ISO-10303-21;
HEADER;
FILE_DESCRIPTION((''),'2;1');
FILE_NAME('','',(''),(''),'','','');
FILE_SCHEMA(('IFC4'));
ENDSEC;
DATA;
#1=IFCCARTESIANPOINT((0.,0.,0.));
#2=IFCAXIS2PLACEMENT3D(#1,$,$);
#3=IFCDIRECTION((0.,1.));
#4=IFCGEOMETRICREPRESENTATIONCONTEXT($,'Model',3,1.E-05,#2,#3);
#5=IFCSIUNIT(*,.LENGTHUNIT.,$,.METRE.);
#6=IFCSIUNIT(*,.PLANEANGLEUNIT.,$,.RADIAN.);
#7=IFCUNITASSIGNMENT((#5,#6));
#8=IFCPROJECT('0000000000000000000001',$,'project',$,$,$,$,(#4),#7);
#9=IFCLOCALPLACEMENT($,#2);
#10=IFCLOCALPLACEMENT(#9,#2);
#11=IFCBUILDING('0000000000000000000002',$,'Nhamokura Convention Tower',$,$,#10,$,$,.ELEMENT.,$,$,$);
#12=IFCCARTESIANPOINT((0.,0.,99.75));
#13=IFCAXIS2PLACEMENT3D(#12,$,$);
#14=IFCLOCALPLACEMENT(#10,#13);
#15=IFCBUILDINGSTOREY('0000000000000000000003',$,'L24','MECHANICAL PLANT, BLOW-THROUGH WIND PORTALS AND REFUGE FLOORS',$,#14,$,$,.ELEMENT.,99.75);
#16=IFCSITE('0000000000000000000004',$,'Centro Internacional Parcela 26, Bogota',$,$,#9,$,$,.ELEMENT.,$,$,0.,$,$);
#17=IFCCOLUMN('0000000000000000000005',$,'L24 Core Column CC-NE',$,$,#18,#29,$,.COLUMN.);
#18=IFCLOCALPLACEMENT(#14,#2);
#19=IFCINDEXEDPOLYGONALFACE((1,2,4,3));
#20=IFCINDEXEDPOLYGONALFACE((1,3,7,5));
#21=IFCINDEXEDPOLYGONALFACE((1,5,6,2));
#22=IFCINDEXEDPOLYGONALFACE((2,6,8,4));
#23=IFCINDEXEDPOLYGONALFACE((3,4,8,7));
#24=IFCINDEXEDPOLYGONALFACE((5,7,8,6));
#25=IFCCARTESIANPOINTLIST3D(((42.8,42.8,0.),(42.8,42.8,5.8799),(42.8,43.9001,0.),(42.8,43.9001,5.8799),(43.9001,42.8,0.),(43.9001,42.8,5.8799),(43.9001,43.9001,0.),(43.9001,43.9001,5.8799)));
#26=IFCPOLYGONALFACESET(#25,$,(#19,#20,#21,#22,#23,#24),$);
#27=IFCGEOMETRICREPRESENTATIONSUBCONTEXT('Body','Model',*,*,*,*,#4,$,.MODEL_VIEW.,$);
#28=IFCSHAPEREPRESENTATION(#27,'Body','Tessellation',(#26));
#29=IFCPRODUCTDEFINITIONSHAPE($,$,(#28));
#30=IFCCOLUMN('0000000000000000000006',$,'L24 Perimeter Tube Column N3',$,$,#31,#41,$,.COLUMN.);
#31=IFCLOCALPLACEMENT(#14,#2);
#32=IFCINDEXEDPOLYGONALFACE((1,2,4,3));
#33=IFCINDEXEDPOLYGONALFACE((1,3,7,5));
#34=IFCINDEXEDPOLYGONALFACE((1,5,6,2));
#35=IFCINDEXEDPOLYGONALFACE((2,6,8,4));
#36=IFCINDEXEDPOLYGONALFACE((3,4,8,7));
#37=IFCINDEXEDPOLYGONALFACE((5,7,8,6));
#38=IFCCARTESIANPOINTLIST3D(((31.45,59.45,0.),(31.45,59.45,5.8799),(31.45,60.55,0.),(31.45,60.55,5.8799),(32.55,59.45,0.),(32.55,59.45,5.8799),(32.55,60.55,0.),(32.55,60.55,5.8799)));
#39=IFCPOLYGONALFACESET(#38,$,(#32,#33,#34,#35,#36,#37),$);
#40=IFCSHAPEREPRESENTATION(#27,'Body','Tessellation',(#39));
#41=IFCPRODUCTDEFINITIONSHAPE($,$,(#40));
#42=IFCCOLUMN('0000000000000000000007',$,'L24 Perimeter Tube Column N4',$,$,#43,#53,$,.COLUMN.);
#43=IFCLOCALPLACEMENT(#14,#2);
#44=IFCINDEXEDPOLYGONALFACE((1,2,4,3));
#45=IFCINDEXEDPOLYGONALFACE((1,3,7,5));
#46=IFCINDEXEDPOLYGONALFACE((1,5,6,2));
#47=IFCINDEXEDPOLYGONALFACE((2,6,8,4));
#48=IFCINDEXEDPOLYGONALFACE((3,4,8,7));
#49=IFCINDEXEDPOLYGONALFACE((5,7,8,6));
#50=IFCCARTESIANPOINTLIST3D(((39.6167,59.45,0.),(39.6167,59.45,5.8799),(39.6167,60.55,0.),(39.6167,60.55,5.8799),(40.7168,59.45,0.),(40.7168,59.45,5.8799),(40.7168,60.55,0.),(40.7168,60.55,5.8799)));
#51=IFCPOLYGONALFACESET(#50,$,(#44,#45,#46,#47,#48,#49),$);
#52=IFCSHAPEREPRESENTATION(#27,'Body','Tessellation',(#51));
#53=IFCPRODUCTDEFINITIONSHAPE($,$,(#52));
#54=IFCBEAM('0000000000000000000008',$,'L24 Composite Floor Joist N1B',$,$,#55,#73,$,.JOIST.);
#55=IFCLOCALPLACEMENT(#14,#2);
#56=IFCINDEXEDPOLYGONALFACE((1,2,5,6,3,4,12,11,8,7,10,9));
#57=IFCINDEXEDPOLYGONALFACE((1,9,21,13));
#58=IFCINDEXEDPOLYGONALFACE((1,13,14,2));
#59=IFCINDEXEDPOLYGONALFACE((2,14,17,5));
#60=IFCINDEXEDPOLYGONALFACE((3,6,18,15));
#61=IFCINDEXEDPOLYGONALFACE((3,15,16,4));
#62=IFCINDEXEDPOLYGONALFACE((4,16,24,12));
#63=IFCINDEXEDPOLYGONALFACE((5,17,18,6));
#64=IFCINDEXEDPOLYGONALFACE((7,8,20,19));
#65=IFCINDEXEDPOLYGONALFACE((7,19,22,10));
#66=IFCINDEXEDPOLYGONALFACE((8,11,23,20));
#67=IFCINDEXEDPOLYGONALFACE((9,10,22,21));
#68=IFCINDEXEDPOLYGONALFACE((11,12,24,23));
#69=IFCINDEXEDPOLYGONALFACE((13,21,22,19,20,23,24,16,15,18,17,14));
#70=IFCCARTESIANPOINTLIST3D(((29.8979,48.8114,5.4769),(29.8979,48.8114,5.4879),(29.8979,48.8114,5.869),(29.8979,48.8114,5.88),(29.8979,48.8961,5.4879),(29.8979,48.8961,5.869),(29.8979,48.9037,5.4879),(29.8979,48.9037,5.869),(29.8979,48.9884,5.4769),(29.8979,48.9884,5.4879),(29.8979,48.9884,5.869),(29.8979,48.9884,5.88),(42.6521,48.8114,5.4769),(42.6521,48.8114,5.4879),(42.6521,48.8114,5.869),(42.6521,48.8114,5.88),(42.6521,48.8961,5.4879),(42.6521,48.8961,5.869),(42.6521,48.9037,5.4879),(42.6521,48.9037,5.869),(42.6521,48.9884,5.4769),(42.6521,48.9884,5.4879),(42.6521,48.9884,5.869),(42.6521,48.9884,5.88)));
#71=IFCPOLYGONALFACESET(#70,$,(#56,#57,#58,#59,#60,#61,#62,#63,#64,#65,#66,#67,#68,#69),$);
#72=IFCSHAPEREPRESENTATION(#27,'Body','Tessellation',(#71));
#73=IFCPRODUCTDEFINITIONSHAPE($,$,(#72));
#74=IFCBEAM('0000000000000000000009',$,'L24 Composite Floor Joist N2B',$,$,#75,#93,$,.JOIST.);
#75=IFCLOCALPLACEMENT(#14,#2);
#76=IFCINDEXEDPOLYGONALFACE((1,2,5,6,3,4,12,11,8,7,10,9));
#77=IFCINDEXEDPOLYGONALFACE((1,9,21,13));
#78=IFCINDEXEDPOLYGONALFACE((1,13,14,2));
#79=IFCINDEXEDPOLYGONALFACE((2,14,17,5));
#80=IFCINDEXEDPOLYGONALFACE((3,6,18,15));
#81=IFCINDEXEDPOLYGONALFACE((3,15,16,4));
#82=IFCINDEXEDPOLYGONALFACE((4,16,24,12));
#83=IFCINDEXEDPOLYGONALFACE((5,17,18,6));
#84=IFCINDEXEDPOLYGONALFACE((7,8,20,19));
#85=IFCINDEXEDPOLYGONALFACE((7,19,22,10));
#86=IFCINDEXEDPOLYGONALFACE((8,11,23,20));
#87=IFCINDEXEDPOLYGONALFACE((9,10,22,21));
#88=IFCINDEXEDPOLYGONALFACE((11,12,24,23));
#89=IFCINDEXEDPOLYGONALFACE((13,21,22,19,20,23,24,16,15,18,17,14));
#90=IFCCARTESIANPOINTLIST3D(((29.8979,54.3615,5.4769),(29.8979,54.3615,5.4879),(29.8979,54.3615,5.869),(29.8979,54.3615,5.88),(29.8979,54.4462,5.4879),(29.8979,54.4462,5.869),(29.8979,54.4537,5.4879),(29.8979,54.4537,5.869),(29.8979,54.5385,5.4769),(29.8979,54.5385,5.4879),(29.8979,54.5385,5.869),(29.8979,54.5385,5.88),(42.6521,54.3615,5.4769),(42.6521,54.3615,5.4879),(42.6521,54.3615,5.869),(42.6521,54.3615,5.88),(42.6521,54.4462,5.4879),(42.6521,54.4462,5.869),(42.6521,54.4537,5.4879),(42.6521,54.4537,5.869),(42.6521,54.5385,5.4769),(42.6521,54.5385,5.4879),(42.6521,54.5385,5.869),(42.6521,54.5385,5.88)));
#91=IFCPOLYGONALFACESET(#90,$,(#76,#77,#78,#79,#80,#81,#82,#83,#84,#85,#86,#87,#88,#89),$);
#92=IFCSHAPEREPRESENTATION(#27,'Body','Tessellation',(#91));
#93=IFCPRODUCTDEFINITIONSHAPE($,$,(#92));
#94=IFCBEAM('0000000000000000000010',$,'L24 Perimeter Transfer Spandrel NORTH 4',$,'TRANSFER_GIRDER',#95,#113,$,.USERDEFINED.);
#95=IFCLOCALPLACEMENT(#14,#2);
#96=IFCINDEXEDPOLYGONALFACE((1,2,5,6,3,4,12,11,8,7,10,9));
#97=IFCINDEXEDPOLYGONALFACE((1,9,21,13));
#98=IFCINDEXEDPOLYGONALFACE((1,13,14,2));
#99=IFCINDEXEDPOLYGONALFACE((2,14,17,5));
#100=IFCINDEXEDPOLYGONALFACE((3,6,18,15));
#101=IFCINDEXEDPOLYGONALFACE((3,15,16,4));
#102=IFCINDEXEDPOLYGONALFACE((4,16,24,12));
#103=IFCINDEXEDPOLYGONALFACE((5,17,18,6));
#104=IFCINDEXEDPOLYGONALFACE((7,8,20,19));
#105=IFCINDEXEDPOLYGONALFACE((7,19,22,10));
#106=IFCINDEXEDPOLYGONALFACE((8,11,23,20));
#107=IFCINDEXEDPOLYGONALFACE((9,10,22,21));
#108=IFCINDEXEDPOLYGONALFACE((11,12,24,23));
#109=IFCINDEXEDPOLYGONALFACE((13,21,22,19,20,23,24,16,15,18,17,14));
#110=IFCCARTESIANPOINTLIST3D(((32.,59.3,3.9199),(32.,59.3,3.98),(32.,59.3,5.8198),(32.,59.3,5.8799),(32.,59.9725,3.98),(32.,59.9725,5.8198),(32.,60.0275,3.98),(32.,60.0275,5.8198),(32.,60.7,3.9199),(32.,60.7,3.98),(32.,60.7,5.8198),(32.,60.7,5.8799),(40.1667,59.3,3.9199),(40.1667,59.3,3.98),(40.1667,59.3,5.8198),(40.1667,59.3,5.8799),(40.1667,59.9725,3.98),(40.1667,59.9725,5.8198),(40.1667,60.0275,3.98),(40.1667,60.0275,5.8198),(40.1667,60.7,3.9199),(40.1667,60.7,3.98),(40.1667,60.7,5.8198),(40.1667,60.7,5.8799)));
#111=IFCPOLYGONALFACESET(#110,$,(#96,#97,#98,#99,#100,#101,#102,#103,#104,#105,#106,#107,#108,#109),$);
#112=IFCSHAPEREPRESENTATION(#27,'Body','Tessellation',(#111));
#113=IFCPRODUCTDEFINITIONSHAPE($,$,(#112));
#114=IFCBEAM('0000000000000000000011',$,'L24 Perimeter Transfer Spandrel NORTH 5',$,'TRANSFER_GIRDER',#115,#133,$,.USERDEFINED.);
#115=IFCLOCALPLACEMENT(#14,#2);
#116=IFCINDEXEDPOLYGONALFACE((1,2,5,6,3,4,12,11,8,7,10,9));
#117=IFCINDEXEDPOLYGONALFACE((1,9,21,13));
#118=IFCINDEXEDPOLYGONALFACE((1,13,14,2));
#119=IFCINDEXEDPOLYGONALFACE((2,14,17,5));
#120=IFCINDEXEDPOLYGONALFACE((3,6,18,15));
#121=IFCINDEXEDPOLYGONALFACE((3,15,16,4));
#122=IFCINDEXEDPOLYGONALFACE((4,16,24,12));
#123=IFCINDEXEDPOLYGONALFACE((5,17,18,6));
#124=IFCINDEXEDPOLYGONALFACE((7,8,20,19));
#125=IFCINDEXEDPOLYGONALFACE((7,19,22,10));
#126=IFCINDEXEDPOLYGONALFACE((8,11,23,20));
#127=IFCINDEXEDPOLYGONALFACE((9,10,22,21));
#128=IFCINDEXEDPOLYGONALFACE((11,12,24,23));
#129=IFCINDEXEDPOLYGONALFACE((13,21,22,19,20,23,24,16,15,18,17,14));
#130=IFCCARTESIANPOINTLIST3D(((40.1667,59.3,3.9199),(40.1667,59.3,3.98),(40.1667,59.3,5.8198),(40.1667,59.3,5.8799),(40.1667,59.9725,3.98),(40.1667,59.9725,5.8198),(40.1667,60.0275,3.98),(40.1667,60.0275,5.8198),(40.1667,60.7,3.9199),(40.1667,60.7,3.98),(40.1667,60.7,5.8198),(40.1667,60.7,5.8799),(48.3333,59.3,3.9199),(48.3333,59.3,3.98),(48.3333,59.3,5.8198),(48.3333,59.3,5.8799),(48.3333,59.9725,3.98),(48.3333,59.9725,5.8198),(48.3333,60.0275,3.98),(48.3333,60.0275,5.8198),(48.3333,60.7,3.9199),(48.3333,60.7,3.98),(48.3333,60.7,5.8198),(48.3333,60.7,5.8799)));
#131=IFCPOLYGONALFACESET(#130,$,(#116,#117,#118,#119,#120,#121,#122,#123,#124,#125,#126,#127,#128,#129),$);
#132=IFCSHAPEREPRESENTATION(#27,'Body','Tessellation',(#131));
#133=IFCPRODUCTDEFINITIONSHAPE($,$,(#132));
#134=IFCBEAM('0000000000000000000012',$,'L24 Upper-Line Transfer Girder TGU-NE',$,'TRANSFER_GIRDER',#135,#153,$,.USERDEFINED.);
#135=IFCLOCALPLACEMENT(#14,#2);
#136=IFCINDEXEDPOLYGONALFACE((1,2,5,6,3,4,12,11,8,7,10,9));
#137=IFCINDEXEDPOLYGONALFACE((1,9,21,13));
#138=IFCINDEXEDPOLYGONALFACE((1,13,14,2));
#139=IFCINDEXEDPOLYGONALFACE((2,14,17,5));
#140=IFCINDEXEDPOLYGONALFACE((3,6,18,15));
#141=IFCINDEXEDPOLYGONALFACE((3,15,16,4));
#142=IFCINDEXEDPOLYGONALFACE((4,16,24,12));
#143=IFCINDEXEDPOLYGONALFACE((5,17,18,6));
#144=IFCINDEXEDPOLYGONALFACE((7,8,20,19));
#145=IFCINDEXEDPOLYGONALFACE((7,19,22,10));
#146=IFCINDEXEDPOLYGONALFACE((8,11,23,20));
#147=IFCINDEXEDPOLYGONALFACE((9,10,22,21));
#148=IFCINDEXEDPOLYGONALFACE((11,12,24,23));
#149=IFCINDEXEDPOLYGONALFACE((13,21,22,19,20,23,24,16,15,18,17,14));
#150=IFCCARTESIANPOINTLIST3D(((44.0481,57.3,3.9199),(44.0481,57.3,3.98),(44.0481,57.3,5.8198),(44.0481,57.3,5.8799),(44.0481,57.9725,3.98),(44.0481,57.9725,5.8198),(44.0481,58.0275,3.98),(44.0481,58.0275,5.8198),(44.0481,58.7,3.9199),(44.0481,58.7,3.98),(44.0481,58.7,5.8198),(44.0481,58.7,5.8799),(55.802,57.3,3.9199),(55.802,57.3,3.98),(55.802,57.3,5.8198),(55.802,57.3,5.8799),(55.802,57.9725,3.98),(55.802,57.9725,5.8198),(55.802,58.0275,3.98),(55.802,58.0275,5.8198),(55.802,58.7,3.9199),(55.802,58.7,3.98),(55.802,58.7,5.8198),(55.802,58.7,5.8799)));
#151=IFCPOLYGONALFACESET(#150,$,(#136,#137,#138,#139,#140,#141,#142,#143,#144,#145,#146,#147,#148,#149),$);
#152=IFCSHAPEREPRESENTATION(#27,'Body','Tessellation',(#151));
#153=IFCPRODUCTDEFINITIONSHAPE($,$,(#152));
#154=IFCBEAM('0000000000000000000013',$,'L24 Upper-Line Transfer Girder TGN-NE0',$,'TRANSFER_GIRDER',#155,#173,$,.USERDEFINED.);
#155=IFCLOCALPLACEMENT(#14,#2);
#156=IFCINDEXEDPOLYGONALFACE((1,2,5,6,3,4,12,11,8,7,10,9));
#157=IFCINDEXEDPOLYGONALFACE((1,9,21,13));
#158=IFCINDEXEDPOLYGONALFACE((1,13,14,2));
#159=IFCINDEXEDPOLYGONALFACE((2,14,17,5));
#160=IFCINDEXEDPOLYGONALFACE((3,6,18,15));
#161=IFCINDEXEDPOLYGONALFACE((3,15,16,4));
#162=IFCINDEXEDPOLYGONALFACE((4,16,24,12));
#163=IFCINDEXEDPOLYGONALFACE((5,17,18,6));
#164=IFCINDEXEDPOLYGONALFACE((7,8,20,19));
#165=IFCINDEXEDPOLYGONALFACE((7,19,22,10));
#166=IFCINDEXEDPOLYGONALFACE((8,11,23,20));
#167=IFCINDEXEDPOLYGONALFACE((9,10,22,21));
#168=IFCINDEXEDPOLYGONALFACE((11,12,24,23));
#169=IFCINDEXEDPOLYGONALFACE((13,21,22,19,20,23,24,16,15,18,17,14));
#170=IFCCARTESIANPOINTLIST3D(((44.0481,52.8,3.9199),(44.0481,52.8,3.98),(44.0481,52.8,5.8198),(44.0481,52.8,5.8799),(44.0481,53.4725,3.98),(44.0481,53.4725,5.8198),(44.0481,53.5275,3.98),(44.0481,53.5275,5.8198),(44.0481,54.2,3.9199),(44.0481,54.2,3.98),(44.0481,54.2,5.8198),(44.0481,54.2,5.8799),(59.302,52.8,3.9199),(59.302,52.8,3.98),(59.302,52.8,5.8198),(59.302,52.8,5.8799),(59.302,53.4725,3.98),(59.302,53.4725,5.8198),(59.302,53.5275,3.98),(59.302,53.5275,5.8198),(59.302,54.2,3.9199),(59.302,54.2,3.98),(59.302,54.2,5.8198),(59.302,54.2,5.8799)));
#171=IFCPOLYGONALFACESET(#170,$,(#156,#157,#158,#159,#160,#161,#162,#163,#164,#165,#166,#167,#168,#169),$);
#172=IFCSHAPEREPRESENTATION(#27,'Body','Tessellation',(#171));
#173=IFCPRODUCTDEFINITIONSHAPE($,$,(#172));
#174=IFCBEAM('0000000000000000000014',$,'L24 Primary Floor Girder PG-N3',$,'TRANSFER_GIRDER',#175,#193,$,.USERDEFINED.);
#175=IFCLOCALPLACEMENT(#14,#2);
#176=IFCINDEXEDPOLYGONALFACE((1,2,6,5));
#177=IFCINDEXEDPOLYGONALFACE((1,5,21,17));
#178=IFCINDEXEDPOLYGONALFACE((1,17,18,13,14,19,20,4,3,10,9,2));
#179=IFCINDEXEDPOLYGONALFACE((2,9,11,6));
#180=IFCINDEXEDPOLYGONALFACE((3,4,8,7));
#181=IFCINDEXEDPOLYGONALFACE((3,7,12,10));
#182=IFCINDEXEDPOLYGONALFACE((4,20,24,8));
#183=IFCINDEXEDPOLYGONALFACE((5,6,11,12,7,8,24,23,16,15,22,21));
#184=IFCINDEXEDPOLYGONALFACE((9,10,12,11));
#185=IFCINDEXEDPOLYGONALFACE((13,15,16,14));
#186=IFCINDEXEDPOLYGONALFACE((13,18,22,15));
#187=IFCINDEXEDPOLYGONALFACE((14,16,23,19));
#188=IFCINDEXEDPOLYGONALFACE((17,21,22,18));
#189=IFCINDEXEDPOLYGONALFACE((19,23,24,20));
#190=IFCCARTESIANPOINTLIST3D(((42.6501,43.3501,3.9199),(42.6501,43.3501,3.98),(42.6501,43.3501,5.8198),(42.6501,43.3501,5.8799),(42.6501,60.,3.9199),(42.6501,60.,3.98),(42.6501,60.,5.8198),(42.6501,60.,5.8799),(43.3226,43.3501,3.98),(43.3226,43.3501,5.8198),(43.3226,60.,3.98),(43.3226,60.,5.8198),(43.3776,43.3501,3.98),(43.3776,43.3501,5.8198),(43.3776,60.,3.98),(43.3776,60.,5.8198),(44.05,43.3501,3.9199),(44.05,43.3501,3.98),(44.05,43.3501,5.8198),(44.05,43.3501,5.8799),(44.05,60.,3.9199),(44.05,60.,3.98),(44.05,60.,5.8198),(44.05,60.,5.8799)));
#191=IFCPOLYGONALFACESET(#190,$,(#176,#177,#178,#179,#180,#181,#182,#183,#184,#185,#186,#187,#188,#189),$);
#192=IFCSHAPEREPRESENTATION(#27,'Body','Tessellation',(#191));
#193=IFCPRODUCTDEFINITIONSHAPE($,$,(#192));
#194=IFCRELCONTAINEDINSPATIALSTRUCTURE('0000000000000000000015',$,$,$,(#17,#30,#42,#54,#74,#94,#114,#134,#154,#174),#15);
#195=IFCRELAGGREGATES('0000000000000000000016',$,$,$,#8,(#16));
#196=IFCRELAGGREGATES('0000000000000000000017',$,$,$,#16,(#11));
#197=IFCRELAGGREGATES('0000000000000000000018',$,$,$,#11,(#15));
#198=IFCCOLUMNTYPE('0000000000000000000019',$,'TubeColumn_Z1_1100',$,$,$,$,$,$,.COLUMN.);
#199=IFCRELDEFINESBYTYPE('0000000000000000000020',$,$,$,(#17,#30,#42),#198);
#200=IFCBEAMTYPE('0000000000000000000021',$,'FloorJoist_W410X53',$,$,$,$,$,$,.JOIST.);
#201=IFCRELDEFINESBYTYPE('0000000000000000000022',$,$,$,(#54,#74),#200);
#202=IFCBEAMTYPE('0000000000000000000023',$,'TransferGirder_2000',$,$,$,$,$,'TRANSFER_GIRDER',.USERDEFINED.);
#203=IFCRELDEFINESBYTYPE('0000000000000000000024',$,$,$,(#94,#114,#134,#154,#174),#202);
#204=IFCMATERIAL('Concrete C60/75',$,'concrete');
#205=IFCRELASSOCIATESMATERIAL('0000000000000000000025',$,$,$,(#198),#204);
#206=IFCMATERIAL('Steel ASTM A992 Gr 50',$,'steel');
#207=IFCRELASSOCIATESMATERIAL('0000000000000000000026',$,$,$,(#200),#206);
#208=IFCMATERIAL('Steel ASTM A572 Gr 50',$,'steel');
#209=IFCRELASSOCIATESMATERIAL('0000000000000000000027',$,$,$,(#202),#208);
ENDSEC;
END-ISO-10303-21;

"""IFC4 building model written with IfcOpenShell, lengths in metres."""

from ifc_helpers import new_model, si_unit, direction, frame, origin, origin_2d, place, context, subcontext, project, spatial, rectangle, i_section, extrude, material, material_profile, profile_set, type_object, element, save


model = new_model("IFC4")

# Units and contexts
model_context = context("Model", 3, precision=1e-05, world=origin(), true_north=direction((0.0, 1.0)))
body_context = subcontext(model_context, "Body", "Model", "MODEL_VIEW")
ifc_project = project(units=[si_unit("LENGTHUNIT", "METRE"), si_unit("PLANEANGLEUNIT", "RADIAN")], contexts=[model_context])

# Site, building, storey
site_placement = place(None, origin())
site = spatial("IfcSite", under=ifc_project, at=site_placement, Name="Centro Internacional Parcela 26, Bogota", CompositionType="ELEMENT", RefElevation=0.0)
building_placement = place(site_placement, origin())
building = spatial("IfcBuilding", under=site, at=building_placement, Name="Nhamokura Convention Tower", CompositionType="ELEMENT")
storey_placement = place(building_placement, frame((0.0, 0.0, 99.75)))
storey = spatial("IfcBuildingStorey", under=building, at=storey_placement, Name="L24", Description="MECHANICAL PLANT, BLOW-THROUGH WIND PORTALS AND REFUGE FLOORS", CompositionType="ELEMENT", Elevation=99.75)

# Columns
ifc_material_1 = material(Name="Concrete C60/75", Category="concrete")
ifc_material_profile_1 = material_profile(ifc_material_1, rectangle(XDim=1.1001, YDim=1.1001, at=origin_2d()))
ifc_profile_set_1 = profile_set([ifc_material_profile_1], Name="Concrete C60/75")
column_type = type_object("IfcColumnType", Name="TubeColumn_Z1_1100", PredefinedType="COLUMN", material=ifc_profile_set_1)
for number, where, z_axis, x_axis, name in (
    (1, (43.3501, 43.3501, 0.0), (0.0, 0.0, 1.0), (1.0, 0.0, 0.0), "L24 Core Column CC-NE"),
    (2, (32.0, 60.0, 0.0), (0.0, 0.0, 1.0), (1.0, 0.0, 0.0), "L24 Perimeter Tube Column N3"),
    (3, (40.1667, 60.0, 0.0), (0.0, 0.0, 1.0), (1.0, 0.0, 0.0), "L24 Perimeter Tube Column N4"),
):
    element("IfcColumn", number, at=place(storey_placement, frame(where, z_axis=z_axis, x_axis=x_axis)), inside=storey, type_object=column_type, Name=name, PredefinedType="COLUMN", context=body_context, shape_type="SweptSolid", body=[
        extrude(rectangle(XDim=1.1001, YDim=1.1001, at=origin_2d()), origin(), (0.0, 0.0, 1.0), 5.8799),
    ])

# Beams
ifc_material_2 = material(Name="Steel ASTM A992 Gr 50", Category="steel")
ifc_material_profile_2 = material_profile(ifc_material_2, i_section(OverallWidth=0.177, OverallDepth=0.4031, WebThickness=0.0076, FlangeThickness=0.011, at=origin_2d()))
ifc_profile_set_2 = profile_set([ifc_material_profile_2], Name="Steel ASTM A992 Gr 50")
beam_type_1 = type_object("IfcBeamType", Name="FloorJoist_W410X53", PredefinedType="JOIST", material=ifc_profile_set_2)
for number, where, z_axis, x_axis, name in (
    (4, (29.8979, 48.8999, 5.6785), (1.0, 0.0, 0.0), (0.0, 1.0, 0.0), "L24 Composite Floor Joist N1B"),
    (5, (29.8979, 54.45, 5.6785), (1.0, 0.0, 0.0), (0.0, 1.0, 0.0), "L24 Composite Floor Joist N2B"),
):
    element("IfcBeam", number, at=place(storey_placement, frame(where, z_axis=z_axis, x_axis=x_axis)), inside=storey, type_object=beam_type_1, Name=name, PredefinedType="JOIST", context=body_context, shape_type="SweptSolid", body=[
        extrude(i_section(OverallWidth=0.177, OverallDepth=0.4031, WebThickness=0.0076, FlangeThickness=0.011, at=origin_2d()), origin(), (0.0, 0.0, 1.0), 12.7542),
    ])
ifc_material_3 = material(Name="Steel ASTM A572 Gr 50", Category="steel")
ifc_material_profile_3 = material_profile(ifc_material_3, i_section(OverallWidth=1.3999, OverallDepth=1.96, WebThickness=0.0549, FlangeThickness=0.0601, at=origin_2d()))
ifc_profile_set_3 = profile_set([ifc_material_profile_3], Name="Steel ASTM A572 Gr 50")
beam_type_2 = type_object("IfcBeamType", Name="TransferGirder_2000", ElementType="TRANSFER_GIRDER", PredefinedType="USERDEFINED", material=ifc_profile_set_3)
beam_1_placement = place(storey_placement, frame((32.0, 60.0, 4.8999), z_axis=(1.0, 0.0, 0.0), x_axis=(0.0, 1.0, 0.0)))
element("IfcBeam", 6, at=beam_1_placement, inside=storey, type_object=beam_type_2, Name="L24 Perimeter Transfer Spandrel NORTH 4", ObjectType="TRANSFER_GIRDER", PredefinedType="USERDEFINED", context=body_context, shape_type="SweptSolid", body=[
    extrude(i_section(OverallWidth=1.3999, OverallDepth=1.96, WebThickness=0.0549, FlangeThickness=0.0601, at=origin_2d()), origin(), (0.0, 0.0, 1.0), 8.1667),
])
beam_2_placement = place(storey_placement, frame((40.1667, 60.0, 4.8999), z_axis=(1.0, 0.0, 0.0), x_axis=(0.0, 1.0, 0.0)))
element("IfcBeam", 7, at=beam_2_placement, inside=storey, type_object=beam_type_2, Name="L24 Perimeter Transfer Spandrel NORTH 5", ObjectType="TRANSFER_GIRDER", PredefinedType="USERDEFINED", context=body_context, shape_type="SweptSolid", body=[
    extrude(i_section(OverallWidth=1.3999, OverallDepth=1.96, WebThickness=0.0549, FlangeThickness=0.0601, at=origin_2d()), origin(), (0.0, 0.0, 1.0), 8.1665),
])
beam_3_placement = place(storey_placement, frame((44.0481, 58.0, 4.8999), z_axis=(1.0, 0.0, 0.0), x_axis=(0.0, 1.0, 0.0)))
element("IfcBeam", 8, at=beam_3_placement, inside=storey, type_object=beam_type_2, Name="L24 Upper-Line Transfer Girder TGU-NE", ObjectType="TRANSFER_GIRDER", PredefinedType="USERDEFINED", context=body_context, shape_type="SweptSolid", body=[
    extrude(i_section(OverallWidth=1.3999, OverallDepth=1.96, WebThickness=0.0549, FlangeThickness=0.0601, at=origin_2d()), origin(), (0.0, 0.0, 1.0), 11.7539),
])
beam_4_placement = place(storey_placement, frame((44.0481, 53.5, 4.8999), z_axis=(1.0, 0.0, 0.0), x_axis=(0.0, 1.0, 0.0)))
element("IfcBeam", 9, at=beam_4_placement, inside=storey, type_object=beam_type_2, Name="L24 Upper-Line Transfer Girder TGN-NE0", ObjectType="TRANSFER_GIRDER", PredefinedType="USERDEFINED", context=body_context, shape_type="SweptSolid", body=[
    extrude(i_section(OverallWidth=1.3999, OverallDepth=1.96, WebThickness=0.0549, FlangeThickness=0.0601, at=origin_2d()), origin(), (0.0, 0.0, 1.0), 15.2539),
])
for number, where, z_axis, x_axis, name in (
    (10, (43.3501, 43.3501, 4.8999), (0.0, 1.0, 0.0), (-1.0, 0.0, 0.0), "L24 Primary Floor Girder PG-N3"),
):
    element("IfcBeam", number, at=place(storey_placement, frame(where, z_axis=z_axis, x_axis=x_axis)), inside=storey, type_object=beam_type_2, Name=name, ObjectType="TRANSFER_GIRDER", PredefinedType="USERDEFINED", context=body_context, shape_type="SweptSolid", body=[
        extrude(i_section(OverallWidth=1.3999, OverallDepth=1.96, WebThickness=0.0549, FlangeThickness=0.0601, at=origin_2d()), origin(), (0.0, 0.0, 1.0), 16.6499),
    ])

save(model, "model.ifc")
